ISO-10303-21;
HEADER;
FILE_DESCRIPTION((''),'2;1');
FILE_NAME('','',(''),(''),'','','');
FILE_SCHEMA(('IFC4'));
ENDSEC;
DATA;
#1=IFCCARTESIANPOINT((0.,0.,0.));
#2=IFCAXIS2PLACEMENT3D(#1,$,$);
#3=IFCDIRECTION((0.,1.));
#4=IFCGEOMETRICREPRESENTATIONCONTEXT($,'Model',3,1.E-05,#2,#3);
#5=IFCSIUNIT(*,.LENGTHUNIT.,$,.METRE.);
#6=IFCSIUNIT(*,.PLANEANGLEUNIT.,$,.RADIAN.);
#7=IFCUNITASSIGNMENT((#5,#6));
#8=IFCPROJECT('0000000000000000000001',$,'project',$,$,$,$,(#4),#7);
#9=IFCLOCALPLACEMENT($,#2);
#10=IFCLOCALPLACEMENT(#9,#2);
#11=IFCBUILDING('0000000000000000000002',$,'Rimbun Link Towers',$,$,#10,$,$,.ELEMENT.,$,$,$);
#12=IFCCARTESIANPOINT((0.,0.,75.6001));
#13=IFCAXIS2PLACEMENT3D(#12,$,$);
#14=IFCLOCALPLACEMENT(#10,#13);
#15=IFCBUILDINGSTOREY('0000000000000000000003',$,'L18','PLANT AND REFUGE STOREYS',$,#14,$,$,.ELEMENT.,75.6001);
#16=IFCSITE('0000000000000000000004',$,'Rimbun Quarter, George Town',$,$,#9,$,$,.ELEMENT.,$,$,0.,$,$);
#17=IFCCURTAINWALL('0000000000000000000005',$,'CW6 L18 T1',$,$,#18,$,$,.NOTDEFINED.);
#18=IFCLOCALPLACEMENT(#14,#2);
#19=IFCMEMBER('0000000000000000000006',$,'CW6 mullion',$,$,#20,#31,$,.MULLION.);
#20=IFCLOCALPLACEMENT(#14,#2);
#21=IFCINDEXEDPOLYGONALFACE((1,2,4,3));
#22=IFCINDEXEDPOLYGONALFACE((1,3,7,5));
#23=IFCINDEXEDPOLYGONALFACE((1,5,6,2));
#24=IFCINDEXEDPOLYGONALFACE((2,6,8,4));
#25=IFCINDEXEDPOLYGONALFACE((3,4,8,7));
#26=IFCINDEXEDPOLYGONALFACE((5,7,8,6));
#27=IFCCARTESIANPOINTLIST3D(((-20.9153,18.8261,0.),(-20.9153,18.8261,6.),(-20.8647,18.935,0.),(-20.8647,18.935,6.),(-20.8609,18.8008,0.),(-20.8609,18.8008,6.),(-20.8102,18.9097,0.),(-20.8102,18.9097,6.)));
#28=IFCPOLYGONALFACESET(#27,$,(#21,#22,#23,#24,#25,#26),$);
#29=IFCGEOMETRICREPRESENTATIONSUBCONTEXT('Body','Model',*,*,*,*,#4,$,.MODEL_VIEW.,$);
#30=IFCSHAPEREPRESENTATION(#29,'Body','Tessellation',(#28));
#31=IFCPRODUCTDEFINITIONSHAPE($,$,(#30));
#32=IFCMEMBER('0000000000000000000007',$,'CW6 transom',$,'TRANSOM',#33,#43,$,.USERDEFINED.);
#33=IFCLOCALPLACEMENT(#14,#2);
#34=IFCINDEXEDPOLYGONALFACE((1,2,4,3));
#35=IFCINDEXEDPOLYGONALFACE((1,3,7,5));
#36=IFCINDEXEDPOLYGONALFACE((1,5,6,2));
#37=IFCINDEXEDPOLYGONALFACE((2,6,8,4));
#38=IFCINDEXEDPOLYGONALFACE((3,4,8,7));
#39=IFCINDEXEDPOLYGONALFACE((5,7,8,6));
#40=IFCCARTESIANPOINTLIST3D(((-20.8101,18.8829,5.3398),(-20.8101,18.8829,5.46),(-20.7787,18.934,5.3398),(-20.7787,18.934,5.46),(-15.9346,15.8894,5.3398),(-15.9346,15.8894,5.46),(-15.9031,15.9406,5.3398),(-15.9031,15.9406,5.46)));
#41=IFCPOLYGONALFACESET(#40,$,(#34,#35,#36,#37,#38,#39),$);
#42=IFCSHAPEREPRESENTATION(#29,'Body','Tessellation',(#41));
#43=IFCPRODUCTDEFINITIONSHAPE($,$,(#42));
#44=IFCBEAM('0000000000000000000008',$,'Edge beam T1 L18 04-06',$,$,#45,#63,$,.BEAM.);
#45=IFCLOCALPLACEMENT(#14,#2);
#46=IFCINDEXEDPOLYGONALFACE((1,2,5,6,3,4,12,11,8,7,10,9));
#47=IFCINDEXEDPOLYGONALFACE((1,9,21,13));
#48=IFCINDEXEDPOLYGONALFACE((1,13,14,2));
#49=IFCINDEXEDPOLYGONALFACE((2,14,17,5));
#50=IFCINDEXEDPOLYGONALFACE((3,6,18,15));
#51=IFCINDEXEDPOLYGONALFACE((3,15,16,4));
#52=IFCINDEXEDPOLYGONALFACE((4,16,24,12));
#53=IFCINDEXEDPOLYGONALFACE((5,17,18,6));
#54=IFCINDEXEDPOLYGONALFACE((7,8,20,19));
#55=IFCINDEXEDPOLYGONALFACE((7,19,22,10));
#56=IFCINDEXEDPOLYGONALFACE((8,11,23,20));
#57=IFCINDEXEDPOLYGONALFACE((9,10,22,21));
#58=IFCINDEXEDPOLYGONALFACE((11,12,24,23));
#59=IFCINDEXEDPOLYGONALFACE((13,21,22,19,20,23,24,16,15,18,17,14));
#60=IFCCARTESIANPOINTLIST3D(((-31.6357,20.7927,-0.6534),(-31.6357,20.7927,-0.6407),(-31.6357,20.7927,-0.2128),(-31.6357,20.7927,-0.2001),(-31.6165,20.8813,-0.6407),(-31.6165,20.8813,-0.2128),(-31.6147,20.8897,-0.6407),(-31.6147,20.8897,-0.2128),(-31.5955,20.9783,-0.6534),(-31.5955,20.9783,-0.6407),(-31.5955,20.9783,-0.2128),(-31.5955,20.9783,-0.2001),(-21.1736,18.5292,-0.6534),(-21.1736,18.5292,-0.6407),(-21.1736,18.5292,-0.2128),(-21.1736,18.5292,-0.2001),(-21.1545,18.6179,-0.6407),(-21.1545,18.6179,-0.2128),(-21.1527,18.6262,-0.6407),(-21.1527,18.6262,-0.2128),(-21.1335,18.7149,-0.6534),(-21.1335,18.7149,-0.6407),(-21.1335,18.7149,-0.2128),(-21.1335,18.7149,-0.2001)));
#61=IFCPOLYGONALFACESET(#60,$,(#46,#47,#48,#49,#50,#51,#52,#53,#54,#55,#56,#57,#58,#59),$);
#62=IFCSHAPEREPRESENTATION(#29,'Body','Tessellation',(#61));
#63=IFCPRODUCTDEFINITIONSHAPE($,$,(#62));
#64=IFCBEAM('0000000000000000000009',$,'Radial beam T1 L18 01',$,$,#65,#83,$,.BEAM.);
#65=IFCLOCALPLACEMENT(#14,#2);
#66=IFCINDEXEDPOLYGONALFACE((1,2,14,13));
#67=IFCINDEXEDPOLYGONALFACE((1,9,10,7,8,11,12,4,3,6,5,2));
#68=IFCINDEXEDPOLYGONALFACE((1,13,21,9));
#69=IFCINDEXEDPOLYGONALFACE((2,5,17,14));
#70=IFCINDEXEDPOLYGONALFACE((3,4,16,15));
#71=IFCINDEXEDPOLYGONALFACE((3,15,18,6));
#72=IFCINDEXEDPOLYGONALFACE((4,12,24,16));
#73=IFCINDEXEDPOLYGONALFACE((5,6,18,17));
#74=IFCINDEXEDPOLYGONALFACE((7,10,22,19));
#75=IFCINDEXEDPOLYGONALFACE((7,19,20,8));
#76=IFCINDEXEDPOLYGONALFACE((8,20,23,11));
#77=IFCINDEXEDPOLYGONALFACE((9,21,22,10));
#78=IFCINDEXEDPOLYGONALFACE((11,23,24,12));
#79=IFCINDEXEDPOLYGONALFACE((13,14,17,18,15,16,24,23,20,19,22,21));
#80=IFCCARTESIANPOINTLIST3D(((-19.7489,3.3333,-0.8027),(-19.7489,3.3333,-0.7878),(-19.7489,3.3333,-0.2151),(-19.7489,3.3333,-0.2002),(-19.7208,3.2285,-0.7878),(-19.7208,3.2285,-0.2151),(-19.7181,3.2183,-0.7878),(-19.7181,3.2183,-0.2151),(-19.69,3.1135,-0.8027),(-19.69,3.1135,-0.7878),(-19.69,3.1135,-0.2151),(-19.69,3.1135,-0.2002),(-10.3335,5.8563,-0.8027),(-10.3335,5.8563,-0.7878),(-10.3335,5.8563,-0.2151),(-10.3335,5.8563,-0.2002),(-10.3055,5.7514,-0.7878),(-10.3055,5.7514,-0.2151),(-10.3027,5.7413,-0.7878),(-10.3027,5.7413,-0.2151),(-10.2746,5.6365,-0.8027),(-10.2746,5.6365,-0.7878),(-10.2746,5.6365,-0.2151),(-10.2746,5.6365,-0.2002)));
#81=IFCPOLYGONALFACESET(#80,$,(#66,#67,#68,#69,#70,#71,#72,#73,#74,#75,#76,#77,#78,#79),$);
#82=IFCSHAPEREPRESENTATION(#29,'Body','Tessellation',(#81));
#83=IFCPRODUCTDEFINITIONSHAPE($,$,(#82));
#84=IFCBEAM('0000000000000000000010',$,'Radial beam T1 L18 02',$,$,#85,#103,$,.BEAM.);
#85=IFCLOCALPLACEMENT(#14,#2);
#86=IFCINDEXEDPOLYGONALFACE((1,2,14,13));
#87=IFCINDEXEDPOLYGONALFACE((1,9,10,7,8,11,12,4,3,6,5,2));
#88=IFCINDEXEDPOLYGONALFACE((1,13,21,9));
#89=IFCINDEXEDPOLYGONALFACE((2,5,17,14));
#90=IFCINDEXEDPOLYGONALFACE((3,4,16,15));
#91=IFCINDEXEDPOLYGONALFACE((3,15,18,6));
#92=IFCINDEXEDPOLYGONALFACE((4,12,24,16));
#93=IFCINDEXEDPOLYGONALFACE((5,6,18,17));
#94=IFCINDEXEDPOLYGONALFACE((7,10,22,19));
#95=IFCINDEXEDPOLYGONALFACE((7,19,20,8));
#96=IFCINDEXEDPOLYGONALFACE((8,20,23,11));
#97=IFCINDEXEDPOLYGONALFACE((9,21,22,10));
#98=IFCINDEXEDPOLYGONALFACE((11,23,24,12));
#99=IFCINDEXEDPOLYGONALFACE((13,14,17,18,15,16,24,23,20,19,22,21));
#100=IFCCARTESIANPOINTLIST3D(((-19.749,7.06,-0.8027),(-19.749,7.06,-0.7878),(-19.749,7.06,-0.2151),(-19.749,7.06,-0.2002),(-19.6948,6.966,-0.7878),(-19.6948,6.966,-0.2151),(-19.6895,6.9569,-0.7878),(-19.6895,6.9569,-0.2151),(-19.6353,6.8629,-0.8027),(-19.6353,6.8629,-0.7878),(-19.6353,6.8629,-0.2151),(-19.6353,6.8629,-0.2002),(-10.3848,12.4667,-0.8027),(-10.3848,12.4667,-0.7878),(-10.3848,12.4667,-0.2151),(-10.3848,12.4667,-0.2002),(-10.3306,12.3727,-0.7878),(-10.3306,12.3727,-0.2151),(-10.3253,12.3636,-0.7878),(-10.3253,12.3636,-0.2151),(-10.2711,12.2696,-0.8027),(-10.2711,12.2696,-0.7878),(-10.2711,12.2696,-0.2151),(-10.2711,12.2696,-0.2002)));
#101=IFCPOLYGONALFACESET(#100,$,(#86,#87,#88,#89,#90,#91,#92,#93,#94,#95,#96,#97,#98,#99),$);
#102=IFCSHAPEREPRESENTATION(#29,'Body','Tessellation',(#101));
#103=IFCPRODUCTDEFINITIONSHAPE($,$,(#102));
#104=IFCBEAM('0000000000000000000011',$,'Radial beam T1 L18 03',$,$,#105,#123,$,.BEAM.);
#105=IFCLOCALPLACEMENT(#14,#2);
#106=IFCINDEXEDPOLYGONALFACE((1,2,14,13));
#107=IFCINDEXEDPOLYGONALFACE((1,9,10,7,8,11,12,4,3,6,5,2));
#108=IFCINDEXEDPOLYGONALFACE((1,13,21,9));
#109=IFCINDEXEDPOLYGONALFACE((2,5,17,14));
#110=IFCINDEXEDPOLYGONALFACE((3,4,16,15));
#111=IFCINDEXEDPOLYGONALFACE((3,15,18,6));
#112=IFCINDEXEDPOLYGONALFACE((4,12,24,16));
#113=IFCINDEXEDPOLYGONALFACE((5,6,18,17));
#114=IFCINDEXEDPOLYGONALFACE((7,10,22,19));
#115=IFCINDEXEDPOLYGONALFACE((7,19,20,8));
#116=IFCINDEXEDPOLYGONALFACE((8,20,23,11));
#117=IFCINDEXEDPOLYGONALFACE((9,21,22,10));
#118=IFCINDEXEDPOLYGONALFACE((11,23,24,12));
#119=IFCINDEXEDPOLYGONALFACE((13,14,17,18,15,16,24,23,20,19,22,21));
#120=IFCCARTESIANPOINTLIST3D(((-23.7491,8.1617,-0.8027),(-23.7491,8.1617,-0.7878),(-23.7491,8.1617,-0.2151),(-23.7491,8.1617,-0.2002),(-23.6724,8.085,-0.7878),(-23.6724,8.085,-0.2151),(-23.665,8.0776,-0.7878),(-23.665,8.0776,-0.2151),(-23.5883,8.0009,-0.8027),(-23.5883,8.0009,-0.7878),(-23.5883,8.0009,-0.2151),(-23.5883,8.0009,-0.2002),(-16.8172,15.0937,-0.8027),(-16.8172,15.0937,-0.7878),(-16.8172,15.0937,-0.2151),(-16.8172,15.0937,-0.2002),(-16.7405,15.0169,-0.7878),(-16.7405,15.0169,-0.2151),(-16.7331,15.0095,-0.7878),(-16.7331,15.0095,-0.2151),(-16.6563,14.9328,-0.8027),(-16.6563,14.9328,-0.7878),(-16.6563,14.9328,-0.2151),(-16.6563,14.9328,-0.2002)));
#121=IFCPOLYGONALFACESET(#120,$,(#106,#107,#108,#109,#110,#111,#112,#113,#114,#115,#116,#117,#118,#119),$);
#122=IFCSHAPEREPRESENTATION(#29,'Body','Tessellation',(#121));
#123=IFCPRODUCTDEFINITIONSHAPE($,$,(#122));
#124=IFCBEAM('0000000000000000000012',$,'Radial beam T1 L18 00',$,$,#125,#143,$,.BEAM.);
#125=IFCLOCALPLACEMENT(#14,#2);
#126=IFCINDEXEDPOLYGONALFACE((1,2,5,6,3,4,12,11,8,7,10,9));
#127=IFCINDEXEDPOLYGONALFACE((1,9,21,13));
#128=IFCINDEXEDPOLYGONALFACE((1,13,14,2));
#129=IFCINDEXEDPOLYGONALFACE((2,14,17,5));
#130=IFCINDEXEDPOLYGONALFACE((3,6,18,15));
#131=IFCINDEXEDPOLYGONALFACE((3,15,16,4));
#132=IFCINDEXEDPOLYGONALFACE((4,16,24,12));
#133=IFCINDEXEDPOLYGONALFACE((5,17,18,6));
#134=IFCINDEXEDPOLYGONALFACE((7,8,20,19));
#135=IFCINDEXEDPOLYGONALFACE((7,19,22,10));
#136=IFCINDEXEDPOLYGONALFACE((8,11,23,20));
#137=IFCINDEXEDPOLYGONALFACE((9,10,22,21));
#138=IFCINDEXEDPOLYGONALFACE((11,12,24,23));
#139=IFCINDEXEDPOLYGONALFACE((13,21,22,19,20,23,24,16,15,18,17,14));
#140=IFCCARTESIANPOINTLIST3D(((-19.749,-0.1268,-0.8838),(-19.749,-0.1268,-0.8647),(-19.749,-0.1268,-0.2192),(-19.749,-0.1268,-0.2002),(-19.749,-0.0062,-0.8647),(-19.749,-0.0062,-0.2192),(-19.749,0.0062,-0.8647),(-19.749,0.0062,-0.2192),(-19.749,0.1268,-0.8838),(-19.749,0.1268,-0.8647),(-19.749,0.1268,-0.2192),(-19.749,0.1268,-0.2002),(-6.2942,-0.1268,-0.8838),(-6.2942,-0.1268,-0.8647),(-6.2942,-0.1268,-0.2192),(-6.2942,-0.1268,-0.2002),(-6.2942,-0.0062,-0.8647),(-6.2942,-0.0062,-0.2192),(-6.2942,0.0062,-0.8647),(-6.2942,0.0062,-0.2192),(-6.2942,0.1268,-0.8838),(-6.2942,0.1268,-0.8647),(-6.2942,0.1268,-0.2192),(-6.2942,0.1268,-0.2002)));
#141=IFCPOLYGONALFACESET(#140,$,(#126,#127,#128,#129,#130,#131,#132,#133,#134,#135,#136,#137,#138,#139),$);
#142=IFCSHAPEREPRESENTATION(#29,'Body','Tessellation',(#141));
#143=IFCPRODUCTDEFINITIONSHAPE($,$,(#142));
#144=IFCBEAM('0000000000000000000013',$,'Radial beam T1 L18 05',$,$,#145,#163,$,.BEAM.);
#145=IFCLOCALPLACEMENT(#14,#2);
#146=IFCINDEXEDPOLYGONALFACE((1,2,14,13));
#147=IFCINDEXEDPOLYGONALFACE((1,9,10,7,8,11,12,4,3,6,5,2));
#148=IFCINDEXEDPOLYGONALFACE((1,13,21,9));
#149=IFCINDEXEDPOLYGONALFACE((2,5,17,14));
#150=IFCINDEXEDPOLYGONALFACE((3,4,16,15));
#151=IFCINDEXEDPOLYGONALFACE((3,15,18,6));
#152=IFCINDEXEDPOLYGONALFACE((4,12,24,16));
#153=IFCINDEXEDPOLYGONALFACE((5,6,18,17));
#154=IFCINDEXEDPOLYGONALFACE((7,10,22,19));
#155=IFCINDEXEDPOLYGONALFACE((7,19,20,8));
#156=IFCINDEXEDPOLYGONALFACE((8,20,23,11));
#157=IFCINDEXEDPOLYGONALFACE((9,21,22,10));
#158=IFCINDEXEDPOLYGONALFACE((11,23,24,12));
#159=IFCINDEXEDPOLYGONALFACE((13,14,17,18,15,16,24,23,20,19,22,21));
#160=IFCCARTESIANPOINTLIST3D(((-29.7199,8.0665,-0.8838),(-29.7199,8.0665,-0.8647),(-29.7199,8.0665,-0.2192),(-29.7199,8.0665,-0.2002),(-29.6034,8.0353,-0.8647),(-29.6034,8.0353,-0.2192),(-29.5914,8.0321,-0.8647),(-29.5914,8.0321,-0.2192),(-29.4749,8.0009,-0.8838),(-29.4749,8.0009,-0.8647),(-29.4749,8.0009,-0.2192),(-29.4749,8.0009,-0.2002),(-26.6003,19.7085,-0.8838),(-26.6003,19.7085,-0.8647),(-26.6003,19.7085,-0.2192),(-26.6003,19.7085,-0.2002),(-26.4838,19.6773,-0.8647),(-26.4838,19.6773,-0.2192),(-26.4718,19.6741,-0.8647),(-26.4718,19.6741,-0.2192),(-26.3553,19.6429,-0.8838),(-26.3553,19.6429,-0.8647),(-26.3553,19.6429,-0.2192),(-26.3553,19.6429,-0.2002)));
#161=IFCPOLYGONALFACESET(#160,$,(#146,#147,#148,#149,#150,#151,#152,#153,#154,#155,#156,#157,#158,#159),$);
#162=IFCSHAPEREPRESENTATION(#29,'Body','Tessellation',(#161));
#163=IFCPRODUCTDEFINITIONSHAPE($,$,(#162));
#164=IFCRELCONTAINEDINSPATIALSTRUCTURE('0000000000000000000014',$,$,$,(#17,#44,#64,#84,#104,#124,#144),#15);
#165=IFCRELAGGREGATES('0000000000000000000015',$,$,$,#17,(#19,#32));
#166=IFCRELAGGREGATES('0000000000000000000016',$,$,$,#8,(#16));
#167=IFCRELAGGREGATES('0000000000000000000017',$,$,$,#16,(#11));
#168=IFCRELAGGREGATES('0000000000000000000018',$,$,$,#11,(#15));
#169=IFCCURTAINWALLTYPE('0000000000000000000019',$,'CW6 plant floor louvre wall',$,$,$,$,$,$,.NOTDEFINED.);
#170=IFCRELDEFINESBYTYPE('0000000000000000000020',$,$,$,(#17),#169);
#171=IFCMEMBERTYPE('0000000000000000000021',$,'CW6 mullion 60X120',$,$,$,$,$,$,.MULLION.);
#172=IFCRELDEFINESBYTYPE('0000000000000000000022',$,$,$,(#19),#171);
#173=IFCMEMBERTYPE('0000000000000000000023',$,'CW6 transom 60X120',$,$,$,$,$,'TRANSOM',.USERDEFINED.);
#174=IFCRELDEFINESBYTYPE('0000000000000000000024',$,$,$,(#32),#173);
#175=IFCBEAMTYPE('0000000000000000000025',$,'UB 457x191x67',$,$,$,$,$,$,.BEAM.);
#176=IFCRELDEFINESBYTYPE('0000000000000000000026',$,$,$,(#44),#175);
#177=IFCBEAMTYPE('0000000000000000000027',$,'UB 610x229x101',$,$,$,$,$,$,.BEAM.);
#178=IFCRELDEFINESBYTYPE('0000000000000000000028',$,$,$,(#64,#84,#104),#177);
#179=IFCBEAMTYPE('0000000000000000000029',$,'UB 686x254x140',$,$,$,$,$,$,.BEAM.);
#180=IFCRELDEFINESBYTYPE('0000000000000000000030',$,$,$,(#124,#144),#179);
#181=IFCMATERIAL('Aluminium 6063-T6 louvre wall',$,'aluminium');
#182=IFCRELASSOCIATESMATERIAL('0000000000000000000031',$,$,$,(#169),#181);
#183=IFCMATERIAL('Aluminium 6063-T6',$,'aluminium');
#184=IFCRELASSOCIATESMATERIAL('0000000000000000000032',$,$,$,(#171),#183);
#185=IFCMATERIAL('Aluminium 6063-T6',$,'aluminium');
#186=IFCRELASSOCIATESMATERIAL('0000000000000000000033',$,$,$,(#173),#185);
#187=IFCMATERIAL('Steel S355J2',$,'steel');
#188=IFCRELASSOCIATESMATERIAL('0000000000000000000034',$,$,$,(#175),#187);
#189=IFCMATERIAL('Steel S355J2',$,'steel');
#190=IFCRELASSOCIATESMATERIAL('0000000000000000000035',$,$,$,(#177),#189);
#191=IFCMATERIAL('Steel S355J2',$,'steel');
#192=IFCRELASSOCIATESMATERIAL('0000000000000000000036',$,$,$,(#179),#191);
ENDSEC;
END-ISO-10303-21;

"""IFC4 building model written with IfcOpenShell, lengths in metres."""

from ifc_helpers import new_model, si_unit, direction, frame, origin, origin_2d, place, context, subcontext, project, spatial, rectangle, i_section, extrude, material, material_profile, profile_set, type_object, element, aggregate, save


model = new_model("IFC4")

# Units and contexts
model_context = context("Model", 3, precision=1e-05, world=origin(), true_north=direction((0.0, 1.0)))
body_context = subcontext(model_context, "Body", "Model", "MODEL_VIEW")
ifc_project = project(units=[si_unit("LENGTHUNIT", "METRE"), si_unit("PLANEANGLEUNIT", "RADIAN")], contexts=[model_context])

# Site, building, storey
site_placement = place(None, origin())
site = spatial("IfcSite", under=ifc_project, at=site_placement, Name="Rimbun Quarter, George Town", CompositionType="ELEMENT", RefElevation=0.0)
building_placement = place(site_placement, origin())
building = spatial("IfcBuilding", under=site, at=building_placement, Name="Rimbun Link Towers", CompositionType="ELEMENT")
storey_placement = place(building_placement, frame((0.0, 0.0, 75.6001)))
storey = spatial("IfcBuildingStorey", under=building, at=storey_placement, Name="L18", Description="PLANT AND REFUGE STOREYS", CompositionType="ELEMENT", Elevation=75.6001)

# Curtain wall, members
ifc_material_1 = material(Name="Aluminium 6063-T6 louvre wall", Category="aluminium")
curtain_wall_type = type_object("IfcCurtainWallType", Name="CW6 plant floor louvre wall", PredefinedType="NOTDEFINED", material=ifc_material_1)
curtain_wall_placement = place(storey_placement, origin())
curtain_wall = element("IfcCurtainWall", 1, at=curtain_wall_placement, inside=storey, type_object=curtain_wall_type, Name="CW6 L18 T1", PredefinedType="NOTDEFINED")
ifc_material_2 = material(Name="Aluminium 6063-T6", Category="aluminium")
ifc_material_profile_1 = material_profile(ifc_material_2, rectangle(XDim=0.1201, YDim=0.0601, at=origin_2d()), Name="MULLION 60X120")
ifc_profile_set_1 = profile_set([ifc_material_profile_1], Name="Aluminium 6063-T6")
member_type_1 = type_object("IfcMemberType", Name="CW6 mullion 60X120", PredefinedType="MULLION", material=ifc_profile_set_1)
member_1_placement = place(storey_placement, frame((-20.8628, 18.8679, 0.0), z_axis=(0.0, 0.0, 1.0), x_axis=(0.421707, 0.906732, 0.0)))
member_1 = element("IfcMember", 2, at=member_1_placement, type_object=member_type_1, Name="CW6 mullion", PredefinedType="MULLION", context=body_context, shape_type="SweptSolid", body=[
    extrude(rectangle(XDim=0.1201, YDim=0.0601, at=origin_2d()), origin(), (0.0, 0.0, 1.0), 6.0),
])
ifc_material_3 = material(Name="Aluminium 6063-T6", Category="aluminium")
ifc_material_profile_2 = material_profile(ifc_material_3, rectangle(XDim=0.0601, YDim=0.1201, at=origin_2d()), Name="TRANSOM 60X120")
ifc_profile_set_2 = profile_set([ifc_material_profile_2], Name="Aluminium 6063-T6")
member_type_2 = type_object("IfcMemberType", Name="CW6 transom 60X120", ElementType="TRANSOM", PredefinedType="USERDEFINED", material=ifc_profile_set_2)
member_2_placement = place(storey_placement, frame((-20.7944, 18.9084, 5.3999), z_axis=(0.852196, -0.523223, 0.0), x_axis=(0.523223, 0.852196, 0.0)))
member_2 = element("IfcMember", 3, at=member_2_placement, type_object=member_type_2, Name="CW6 transom", ObjectType="TRANSOM", PredefinedType="USERDEFINED", context=body_context, shape_type="SweptSolid", body=[
    extrude(rectangle(XDim=0.0601, YDim=0.1201, at=origin_2d()), origin(), (0.0, 0.0, 1.0), 5.7212),
])

# Beams
ifc_material_4 = material(Name="Steel S355J2", Category="steel")
ifc_material_profile_3 = material_profile(ifc_material_4, i_section(OverallWidth=0.1899, OverallDepth=0.4534, WebThickness=0.0085, FlangeThickness=0.0127, at=origin_2d()), Name="UB 457x191x67")
ifc_profile_set_3 = profile_set([ifc_material_profile_3], Name="Steel S355J2")
beam_type_1 = type_object("IfcBeamType", Name="UB 457x191x67", PredefinedType="BEAM", material=ifc_profile_set_3)
beam_1_placement = place(storey_placement, frame((-21.1536, 18.6221, -0.4268), z_axis=(-0.977388, 0.211452, 0.0), x_axis=(-0.211452, -0.977388, 0.0)))
element("IfcBeam", 4, at=beam_1_placement, inside=storey, type_object=beam_type_1, Name="Edge beam T1 L18 04-06", PredefinedType="BEAM", context=body_context, shape_type="SweptSolid", body=[
    extrude(i_section(OverallWidth=0.1899, OverallDepth=0.4534, WebThickness=0.0085, FlangeThickness=0.0127, at=origin_2d()), origin(), (0.0, 0.0, 1.0), 10.7041),
])
ifc_material_5 = material(Name="Steel S355J2", Category="steel")
ifc_material_profile_4 = material_profile(ifc_material_5, i_section(OverallWidth=0.2275, OverallDepth=0.6025, WebThickness=0.0105, FlangeThickness=0.0149, at=origin_2d()), Name="UB 610x229x101")
ifc_profile_set_4 = profile_set([ifc_material_profile_4], Name="Steel S355J2")
beam_type_2 = type_object("IfcBeamType", Name="UB 610x229x101", PredefinedType="BEAM", material=ifc_profile_set_4)
beam_2_placement = place(storey_placement, frame((-19.7195, 3.2234, -0.5015), z_axis=(0.965922, 0.258832, 0.0), x_axis=(-0.258832, 0.965922, 0.0)))
element("IfcBeam", 5, at=beam_2_placement, inside=storey, type_object=beam_type_2, Name="Radial beam T1 L18 01", PredefinedType="BEAM", context=body_context, shape_type="SweptSolid", body=[
    extrude(i_section(OverallWidth=0.2275, OverallDepth=0.6025, WebThickness=0.0105, FlangeThickness=0.0149, at=origin_2d()), origin(), (0.0, 0.0, 1.0), 9.7476),
])
beam_3_placement = place(storey_placement, frame((-19.6921, 6.9614, -0.5015), z_axis=(0.866014, 0.50002, 0.0), x_axis=(-0.50002, 0.866014, 0.0)))
element("IfcBeam", 6, at=beam_3_placement, inside=storey, type_object=beam_type_2, Name="Radial beam T1 L18 02", PredefinedType="BEAM", context=body_context, shape_type="SweptSolid", body=[
    extrude(i_section(OverallWidth=0.2275, OverallDepth=0.6025, WebThickness=0.0105, FlangeThickness=0.0149, at=origin_2d()), origin(), (0.0, 0.0, 1.0), 10.813),
])
beam_4_placement = place(storey_placement, frame((-23.6687, 8.0813, -0.5015), z_axis=(0.707107, 0.707107, 0.0), x_axis=(-0.707107, 0.707107, 0.0)))
element("IfcBeam", 7, at=beam_4_placement, inside=storey, type_object=beam_type_2, Name="Radial beam T1 L18 03", PredefinedType="BEAM", context=body_context, shape_type="SweptSolid", body=[
    extrude(i_section(OverallWidth=0.2275, OverallDepth=0.6025, WebThickness=0.0105, FlangeThickness=0.0149, at=origin_2d()), origin(), (0.0, 0.0, 1.0), 9.8032),
])
ifc_material_6 = material(Name="Steel S355J2", Category="steel")
ifc_material_profile_5 = material_profile(ifc_material_6, i_section(OverallWidth=0.2537, OverallDepth=0.6836, WebThickness=0.0125, FlangeThickness=0.019, at=origin_2d()), Name="UB 686x254x140")
ifc_profile_set_5 = profile_set([ifc_material_profile_5], Name="Steel S355J2")
beam_type_3 = type_object("IfcBeamType", Name="UB 686x254x140", PredefinedType="BEAM", material=ifc_profile_set_5)
beam_5_placement = place(storey_placement, frame((-19.749, 0.0, -0.542), z_axis=(1.0, 0.0, 0.0), x_axis=(0.0, 1.0, 0.0)))
element("IfcBeam", 8, at=beam_5_placement, inside=storey, type_object=beam_type_3, Name="Radial beam T1 L18 00", PredefinedType="BEAM", context=body_context, shape_type="SweptSolid", body=[
    extrude(i_section(OverallWidth=0.2537, OverallDepth=0.6836, WebThickness=0.0125, FlangeThickness=0.019, at=origin_2d()), origin(), (0.0, 0.0, 1.0), 13.4548),
])
beam_6_placement = place(storey_placement, frame((-29.5974, 8.0337, -0.542), z_axis=(0.25883, 0.965923, 0.0), x_axis=(-0.965923, 0.25883, 0.0)))
element("IfcBeam", 9, at=beam_6_placement, inside=storey, type_object=beam_type_3, Name="Radial beam T1 L18 05", PredefinedType="BEAM", context=body_context, shape_type="SweptSolid", body=[
    extrude(i_section(OverallWidth=0.2537, OverallDepth=0.6836, WebThickness=0.0125, FlangeThickness=0.019, at=origin_2d()), origin(), (0.0, 0.0, 1.0), 12.0527),
])

aggregate(curtain_wall, [member_1, member_2])

save(model, "model.ifc")
